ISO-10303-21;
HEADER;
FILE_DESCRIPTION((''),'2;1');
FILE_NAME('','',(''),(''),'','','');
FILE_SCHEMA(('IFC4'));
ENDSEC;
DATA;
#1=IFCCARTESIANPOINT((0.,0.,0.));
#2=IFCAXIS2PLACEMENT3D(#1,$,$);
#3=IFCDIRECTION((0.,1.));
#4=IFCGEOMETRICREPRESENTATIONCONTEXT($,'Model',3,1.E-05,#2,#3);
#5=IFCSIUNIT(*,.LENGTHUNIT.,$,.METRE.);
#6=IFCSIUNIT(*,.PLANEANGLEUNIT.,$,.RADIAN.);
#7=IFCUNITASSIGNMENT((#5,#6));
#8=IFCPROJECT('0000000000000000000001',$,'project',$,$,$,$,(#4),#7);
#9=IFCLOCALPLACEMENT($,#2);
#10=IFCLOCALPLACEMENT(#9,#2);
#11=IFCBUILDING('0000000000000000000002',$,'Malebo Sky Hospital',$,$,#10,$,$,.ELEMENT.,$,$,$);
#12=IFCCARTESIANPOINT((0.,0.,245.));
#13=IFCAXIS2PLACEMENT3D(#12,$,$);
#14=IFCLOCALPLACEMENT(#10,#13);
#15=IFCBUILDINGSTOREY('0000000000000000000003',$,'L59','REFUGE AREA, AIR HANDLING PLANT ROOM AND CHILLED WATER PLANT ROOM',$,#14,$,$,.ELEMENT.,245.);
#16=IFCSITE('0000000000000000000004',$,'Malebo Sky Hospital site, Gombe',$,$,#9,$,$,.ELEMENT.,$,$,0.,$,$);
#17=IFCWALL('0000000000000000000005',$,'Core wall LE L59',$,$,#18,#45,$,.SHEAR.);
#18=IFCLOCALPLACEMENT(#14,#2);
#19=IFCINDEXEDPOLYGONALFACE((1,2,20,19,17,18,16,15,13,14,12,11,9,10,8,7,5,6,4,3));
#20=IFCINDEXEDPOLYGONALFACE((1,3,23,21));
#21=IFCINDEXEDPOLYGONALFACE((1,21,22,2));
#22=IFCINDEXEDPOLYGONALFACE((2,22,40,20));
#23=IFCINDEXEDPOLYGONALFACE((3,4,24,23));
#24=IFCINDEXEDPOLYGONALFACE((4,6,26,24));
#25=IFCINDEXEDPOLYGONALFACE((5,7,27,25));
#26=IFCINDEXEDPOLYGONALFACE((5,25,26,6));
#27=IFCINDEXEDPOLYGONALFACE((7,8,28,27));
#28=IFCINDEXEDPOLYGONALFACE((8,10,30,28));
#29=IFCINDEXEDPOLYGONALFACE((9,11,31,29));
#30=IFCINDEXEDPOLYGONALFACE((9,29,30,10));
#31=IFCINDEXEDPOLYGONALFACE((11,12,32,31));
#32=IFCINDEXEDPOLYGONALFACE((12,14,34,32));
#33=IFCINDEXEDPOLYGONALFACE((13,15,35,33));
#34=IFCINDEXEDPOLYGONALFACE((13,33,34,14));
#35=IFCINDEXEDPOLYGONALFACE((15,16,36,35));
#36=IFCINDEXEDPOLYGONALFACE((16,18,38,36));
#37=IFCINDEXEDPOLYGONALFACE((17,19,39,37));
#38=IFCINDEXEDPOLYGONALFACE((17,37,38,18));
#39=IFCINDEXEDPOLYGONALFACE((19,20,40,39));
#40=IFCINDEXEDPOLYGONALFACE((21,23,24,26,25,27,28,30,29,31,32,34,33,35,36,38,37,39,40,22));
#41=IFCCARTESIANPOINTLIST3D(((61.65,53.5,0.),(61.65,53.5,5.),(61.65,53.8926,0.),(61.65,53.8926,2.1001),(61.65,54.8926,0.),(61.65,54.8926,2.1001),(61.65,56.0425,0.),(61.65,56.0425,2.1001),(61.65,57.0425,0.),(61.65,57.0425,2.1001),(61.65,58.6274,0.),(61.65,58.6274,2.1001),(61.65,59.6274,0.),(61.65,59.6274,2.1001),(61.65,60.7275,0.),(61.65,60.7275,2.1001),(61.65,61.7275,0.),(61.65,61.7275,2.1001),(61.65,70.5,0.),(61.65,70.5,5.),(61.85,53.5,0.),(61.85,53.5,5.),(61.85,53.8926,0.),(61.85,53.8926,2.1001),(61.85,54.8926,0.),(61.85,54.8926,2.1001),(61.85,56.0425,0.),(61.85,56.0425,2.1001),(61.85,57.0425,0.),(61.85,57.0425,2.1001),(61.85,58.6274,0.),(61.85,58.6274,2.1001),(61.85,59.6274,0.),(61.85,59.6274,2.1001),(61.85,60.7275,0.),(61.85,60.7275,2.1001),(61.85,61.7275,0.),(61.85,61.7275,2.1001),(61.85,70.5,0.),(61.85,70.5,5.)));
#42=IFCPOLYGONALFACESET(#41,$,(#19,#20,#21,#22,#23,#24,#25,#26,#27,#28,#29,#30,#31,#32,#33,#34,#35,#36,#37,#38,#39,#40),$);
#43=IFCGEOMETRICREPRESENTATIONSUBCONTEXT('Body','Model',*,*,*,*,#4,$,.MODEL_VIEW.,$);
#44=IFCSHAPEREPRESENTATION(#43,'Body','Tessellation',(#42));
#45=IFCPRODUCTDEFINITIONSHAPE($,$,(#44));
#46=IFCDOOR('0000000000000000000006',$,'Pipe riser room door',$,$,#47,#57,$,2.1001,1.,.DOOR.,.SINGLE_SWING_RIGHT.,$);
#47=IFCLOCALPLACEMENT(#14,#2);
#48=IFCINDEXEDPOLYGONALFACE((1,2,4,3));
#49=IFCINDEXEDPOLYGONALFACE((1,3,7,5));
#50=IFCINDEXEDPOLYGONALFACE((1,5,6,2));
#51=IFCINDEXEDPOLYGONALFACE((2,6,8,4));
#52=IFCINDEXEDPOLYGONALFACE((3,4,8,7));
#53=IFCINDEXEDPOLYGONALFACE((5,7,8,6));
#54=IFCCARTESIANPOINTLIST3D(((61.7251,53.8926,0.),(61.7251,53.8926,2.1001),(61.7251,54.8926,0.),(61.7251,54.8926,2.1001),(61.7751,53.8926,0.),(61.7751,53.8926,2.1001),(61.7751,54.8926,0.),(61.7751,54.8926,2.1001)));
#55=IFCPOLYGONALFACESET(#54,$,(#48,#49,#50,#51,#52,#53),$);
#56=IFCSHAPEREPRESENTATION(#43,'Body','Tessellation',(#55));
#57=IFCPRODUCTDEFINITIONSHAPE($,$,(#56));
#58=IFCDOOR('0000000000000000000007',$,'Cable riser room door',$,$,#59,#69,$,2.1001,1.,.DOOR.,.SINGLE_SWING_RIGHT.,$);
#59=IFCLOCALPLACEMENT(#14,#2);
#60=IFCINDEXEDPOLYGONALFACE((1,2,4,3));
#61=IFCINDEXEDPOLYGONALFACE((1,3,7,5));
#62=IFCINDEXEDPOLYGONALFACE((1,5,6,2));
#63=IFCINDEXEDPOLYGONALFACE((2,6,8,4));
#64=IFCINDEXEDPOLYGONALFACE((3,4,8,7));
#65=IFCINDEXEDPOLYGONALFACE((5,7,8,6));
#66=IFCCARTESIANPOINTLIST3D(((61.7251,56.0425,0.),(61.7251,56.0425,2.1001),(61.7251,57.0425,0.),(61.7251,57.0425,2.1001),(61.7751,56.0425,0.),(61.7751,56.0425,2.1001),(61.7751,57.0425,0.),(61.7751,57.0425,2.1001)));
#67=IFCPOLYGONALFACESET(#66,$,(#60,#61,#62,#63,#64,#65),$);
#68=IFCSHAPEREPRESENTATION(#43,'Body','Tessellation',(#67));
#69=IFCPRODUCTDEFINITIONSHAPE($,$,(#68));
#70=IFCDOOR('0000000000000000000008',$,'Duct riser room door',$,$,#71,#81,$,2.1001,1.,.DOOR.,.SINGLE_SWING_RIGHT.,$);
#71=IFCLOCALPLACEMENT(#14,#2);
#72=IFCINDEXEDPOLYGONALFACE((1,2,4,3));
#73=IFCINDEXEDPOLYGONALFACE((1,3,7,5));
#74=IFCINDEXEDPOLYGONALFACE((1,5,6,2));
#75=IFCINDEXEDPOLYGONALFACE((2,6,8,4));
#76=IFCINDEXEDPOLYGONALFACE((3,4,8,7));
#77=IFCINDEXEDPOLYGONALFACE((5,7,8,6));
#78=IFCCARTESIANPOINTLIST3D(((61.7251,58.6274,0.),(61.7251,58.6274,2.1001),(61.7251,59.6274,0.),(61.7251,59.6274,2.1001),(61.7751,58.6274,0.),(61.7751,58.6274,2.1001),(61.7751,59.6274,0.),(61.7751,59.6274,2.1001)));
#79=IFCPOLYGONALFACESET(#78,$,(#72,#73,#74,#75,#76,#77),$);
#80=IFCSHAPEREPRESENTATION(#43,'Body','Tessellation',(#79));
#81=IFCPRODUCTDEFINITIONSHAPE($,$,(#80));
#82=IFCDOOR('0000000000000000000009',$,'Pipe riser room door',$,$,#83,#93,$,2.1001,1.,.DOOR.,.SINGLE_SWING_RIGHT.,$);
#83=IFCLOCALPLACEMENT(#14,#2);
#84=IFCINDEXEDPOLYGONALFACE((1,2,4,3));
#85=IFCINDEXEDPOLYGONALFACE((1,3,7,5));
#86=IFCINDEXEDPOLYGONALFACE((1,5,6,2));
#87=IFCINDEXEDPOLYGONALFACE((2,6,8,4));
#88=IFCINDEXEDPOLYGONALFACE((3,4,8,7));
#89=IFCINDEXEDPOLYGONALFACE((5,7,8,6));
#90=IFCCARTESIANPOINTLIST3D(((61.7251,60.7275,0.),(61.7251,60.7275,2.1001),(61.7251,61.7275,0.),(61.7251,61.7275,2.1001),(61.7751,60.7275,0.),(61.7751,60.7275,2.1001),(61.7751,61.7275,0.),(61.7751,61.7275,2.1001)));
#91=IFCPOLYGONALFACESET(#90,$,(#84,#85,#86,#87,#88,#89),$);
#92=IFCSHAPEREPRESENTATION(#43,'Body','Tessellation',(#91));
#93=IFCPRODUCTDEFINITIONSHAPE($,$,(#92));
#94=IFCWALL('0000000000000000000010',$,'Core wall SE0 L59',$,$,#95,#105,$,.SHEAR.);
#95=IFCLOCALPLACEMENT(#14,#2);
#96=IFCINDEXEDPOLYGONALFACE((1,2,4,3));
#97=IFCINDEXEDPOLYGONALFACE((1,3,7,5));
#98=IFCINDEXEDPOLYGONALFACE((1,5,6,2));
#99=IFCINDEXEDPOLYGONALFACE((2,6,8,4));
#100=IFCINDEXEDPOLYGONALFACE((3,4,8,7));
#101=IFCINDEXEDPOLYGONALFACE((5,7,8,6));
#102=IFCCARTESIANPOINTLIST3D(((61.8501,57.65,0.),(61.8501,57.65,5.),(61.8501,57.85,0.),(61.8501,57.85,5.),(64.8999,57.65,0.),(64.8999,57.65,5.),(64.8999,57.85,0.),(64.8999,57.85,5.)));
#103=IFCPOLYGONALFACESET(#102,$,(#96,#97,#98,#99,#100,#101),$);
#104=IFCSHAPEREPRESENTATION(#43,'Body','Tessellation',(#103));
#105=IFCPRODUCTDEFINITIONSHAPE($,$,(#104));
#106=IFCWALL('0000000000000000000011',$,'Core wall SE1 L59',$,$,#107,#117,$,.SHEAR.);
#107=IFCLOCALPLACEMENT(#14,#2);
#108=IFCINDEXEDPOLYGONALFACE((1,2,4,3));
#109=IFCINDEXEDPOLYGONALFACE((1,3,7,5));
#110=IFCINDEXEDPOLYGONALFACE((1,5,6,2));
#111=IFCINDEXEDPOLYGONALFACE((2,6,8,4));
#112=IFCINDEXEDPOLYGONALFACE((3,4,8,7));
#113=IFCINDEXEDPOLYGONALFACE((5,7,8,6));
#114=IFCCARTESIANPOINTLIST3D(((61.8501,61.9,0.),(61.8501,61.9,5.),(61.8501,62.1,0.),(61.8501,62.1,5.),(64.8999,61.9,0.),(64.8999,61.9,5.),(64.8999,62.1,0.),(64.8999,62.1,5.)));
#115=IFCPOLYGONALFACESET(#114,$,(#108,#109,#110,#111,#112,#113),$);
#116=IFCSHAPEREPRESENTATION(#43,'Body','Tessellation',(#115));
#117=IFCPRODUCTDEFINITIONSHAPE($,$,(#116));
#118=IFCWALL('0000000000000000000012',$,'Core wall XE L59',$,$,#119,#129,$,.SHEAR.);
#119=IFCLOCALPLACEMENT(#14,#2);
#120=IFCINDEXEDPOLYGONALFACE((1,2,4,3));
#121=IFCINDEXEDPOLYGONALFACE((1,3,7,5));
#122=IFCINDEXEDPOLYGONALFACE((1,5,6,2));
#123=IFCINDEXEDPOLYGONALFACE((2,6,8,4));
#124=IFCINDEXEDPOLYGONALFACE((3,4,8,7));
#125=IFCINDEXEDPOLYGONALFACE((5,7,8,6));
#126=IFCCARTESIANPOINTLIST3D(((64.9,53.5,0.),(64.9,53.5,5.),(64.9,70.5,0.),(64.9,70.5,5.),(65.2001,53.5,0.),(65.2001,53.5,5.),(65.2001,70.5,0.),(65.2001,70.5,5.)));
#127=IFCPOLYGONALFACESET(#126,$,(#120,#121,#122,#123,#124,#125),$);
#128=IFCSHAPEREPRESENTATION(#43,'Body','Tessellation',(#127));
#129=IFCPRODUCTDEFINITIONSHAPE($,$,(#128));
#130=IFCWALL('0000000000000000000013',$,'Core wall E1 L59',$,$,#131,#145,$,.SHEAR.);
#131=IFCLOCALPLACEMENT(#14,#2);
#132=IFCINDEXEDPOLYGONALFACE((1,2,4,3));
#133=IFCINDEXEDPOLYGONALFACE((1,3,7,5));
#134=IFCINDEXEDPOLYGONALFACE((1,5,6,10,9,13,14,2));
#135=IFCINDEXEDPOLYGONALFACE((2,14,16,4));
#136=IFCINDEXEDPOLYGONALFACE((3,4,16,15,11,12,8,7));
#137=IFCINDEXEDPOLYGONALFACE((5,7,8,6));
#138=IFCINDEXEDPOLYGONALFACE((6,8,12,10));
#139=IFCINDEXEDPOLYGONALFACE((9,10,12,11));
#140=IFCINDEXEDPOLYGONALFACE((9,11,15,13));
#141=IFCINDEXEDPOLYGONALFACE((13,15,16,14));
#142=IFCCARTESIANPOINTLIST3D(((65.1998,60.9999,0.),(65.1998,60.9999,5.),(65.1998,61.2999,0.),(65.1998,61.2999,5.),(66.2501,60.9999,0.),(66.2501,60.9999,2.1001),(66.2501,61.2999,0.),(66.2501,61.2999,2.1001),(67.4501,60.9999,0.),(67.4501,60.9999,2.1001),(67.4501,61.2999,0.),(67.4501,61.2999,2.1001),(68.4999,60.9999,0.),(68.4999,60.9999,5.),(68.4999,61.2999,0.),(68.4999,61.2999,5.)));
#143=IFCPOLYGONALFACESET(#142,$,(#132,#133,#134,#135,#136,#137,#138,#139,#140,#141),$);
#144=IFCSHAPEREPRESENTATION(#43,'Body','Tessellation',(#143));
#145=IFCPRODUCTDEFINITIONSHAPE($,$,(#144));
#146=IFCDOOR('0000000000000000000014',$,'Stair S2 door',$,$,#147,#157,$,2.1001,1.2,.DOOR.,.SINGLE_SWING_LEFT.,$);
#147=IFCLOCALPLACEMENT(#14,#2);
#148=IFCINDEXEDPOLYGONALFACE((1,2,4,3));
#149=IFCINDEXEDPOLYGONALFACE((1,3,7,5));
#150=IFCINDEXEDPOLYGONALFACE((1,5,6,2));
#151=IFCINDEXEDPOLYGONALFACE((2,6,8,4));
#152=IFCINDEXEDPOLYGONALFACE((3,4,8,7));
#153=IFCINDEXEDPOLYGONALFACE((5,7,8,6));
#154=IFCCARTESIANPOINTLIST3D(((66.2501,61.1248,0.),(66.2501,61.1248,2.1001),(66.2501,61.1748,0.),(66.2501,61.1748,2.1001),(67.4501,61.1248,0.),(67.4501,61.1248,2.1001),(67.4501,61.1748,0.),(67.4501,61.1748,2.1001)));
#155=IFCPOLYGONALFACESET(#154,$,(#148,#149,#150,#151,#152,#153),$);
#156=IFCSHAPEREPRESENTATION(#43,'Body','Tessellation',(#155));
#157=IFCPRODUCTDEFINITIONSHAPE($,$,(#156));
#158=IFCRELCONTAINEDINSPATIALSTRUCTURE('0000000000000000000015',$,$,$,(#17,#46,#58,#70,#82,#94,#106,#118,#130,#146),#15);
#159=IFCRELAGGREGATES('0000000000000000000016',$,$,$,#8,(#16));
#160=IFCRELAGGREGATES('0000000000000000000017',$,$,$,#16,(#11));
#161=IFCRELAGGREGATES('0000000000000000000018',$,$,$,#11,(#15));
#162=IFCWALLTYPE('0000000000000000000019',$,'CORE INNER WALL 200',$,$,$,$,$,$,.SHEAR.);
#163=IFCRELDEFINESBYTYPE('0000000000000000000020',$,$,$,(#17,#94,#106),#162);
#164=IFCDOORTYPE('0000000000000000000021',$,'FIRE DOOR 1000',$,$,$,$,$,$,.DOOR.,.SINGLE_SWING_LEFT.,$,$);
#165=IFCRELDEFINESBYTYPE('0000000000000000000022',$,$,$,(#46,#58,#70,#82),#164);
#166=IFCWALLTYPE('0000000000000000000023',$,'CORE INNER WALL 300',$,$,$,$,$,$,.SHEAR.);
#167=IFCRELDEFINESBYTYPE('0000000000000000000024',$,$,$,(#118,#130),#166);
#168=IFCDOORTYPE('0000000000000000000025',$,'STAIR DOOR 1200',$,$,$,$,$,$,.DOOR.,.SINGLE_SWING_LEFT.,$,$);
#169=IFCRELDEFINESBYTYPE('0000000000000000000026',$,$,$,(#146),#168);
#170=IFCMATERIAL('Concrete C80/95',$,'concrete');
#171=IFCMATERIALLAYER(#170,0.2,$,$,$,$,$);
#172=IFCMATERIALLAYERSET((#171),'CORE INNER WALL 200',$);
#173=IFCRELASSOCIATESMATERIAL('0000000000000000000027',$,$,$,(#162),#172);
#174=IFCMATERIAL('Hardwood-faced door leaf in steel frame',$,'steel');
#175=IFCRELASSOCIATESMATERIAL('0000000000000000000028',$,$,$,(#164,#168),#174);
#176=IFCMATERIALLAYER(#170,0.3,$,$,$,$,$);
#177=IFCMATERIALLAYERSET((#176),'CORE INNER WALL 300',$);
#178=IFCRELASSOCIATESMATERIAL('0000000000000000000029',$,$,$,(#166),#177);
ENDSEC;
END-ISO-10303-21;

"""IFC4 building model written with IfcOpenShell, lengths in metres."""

from ifc_helpers import new_model, si_unit, direction, frame, frame_2d, origin, place, context, subcontext, project, spatial, rectangle, extrude, material, layer, layer_set, type_object, element, fill, save


model = new_model("IFC4")

# Units and contexts
model_context = context("Model", 3, precision=1e-05, world=origin(), true_north=direction((0.0, 1.0)))
body_context = subcontext(model_context, "Body", "Model", "MODEL_VIEW")
ifc_project = project(units=[si_unit("LENGTHUNIT", "METRE"), si_unit("PLANEANGLEUNIT", "RADIAN")], contexts=[model_context])

# Site, building, storey
site_placement = place(None, origin())
site = spatial("IfcSite", under=ifc_project, at=site_placement, Name="Malebo Sky Hospital site, Gombe", CompositionType="ELEMENT", RefElevation=0.0)
building_placement = place(site_placement, origin())
building = spatial("IfcBuilding", under=site, at=building_placement, Name="Malebo Sky Hospital", CompositionType="ELEMENT")
storey_placement = place(building_placement, frame((0.0, 0.0, 245.0)))
storey = spatial("IfcBuildingStorey", under=building, at=storey_placement, Name="L59", Description="REFUGE AREA, AIR HANDLING PLANT ROOM AND CHILLED WATER PLANT ROOM", CompositionType="ELEMENT", Elevation=245.0)

# Wall, openings, doors
ifc_material_1 = material(Name="Concrete C80/95", Category="concrete")
ifc_layer_1 = layer(ifc_material_1, 0.2)
ifc_layer_set_1 = layer_set([ifc_layer_1], Name="CORE INNER WALL 200")
wall_type_1 = type_object("IfcWallType", Name="CORE INNER WALL 200", PredefinedType="SHEAR", material=ifc_layer_set_1)
wall_1_placement = place(storey_placement, frame((61.75, 53.5, 0.0), z_axis=(0.0, 0.0, 1.0), x_axis=(0.0, 1.0, 0.0)))
wall_1 = element("IfcWall", 1, at=wall_1_placement, inside=storey, type_object=wall_type_1, Name="Core wall LE L59", PredefinedType="SHEAR", context=body_context, shape_type="SweptSolid", body=[
    extrude(rectangle(XDim=17.0, YDim=0.2, at=frame_2d((8.5, 0.0))), origin(), (0.0, 0.0, 1.0), 5.0),
])
opening_1_placement = place(wall_1_placement, frame((0.3926, 0.0, 0.0)))
opening_1 = element("IfcOpeningElement", 2, at=opening_1_placement, cuts=wall_1, PredefinedType="OPENING", context=body_context, shape_type="SweptSolid", body=[
    extrude(rectangle(XDim=1.0, YDim=2.1001, at=frame_2d((0.5, 1.05))), frame((0.0, 0.1099, 0.0), z_axis=(0.0, -1.0, 0.0), x_axis=(1.0, 0.0, 0.0)), (0.0, 0.0, 1.0), 0.22),
])
opening_2_placement = place(wall_1_placement, frame((2.5425, 0.0, 0.0)))
opening_2 = element("IfcOpeningElement", 3, at=opening_2_placement, cuts=wall_1, PredefinedType="OPENING", context=body_context, shape_type="SweptSolid", body=[
    extrude(rectangle(XDim=1.0, YDim=2.1001, at=frame_2d((0.5, 1.05))), frame((0.0, 0.1099, 0.0), z_axis=(0.0, -1.0, 0.0), x_axis=(1.0, 0.0, 0.0)), (0.0, 0.0, 1.0), 0.22),
])
opening_3_placement = place(wall_1_placement, frame((5.1274, 0.0, 0.0)))
opening_3 = element("IfcOpeningElement", 4, at=opening_3_placement, cuts=wall_1, PredefinedType="OPENING", context=body_context, shape_type="SweptSolid", body=[
    extrude(rectangle(XDim=1.0, YDim=2.1001, at=frame_2d((0.5, 1.05))), frame((0.0, 0.1099, 0.0), z_axis=(0.0, -1.0, 0.0), x_axis=(1.0, 0.0, 0.0)), (0.0, 0.0, 1.0), 0.22),
])
opening_4_placement = place(wall_1_placement, frame((7.2275, 0.0, 0.0)))
opening_4 = element("IfcOpeningElement", 5, at=opening_4_placement, cuts=wall_1, PredefinedType="OPENING", context=body_context, shape_type="SweptSolid", body=[
    extrude(rectangle(XDim=1.0, YDim=2.1001, at=frame_2d((0.5, 1.05))), frame((0.0, 0.1099, 0.0), z_axis=(0.0, -1.0, 0.0), x_axis=(1.0, 0.0, 0.0)), (0.0, 0.0, 1.0), 0.22),
])
ifc_material_2 = material(Name="Hardwood-faced door leaf in steel frame", Category="steel")
door_type_1 = type_object("IfcDoorType", Name="FIRE DOOR 1000", OperationType="SINGLE_SWING_LEFT", PredefinedType="DOOR", material=ifc_material_2)
door_1_placement = place(opening_1_placement, origin())
door_1 = element("IfcDoor", 6, at=door_1_placement, inside=storey, type_object=door_type_1, Name="Pipe riser room door", OperationType="SINGLE_SWING_RIGHT", OverallHeight=2.1001, OverallWidth=1.0, PredefinedType="DOOR", context=body_context, shape_type="SweptSolid", body=[
    extrude(rectangle(XDim=1.0, YDim=2.1001, at=frame_2d((0.5, 1.05))), frame((0.0, 0.0249, 0.0), z_axis=(0.0, -1.0, 0.0), x_axis=(1.0, 0.0, 0.0)), (0.0, 0.0, 1.0), 0.05),
])
fill(opening_1, door_1)
door_2_placement = place(opening_2_placement, origin())
door_2 = element("IfcDoor", 7, at=door_2_placement, inside=storey, type_object=door_type_1, Name="Cable riser room door", OperationType="SINGLE_SWING_RIGHT", OverallHeight=2.1001, OverallWidth=1.0, PredefinedType="DOOR", context=body_context, shape_type="SweptSolid", body=[
    extrude(rectangle(XDim=1.0, YDim=2.1001, at=frame_2d((0.5, 1.05))), frame((0.0, 0.0249, 0.0), z_axis=(0.0, -1.0, 0.0), x_axis=(1.0, 0.0, 0.0)), (0.0, 0.0, 1.0), 0.05),
])
fill(opening_2, door_2)
door_3_placement = place(opening_3_placement, origin())
door_3 = element("IfcDoor", 8, at=door_3_placement, inside=storey, type_object=door_type_1, Name="Duct riser room door", OperationType="SINGLE_SWING_RIGHT", OverallHeight=2.1001, OverallWidth=1.0, PredefinedType="DOOR", context=body_context, shape_type="SweptSolid", body=[
    extrude(rectangle(XDim=1.0, YDim=2.1001, at=frame_2d((0.5, 1.05))), frame((0.0, 0.0249, 0.0), z_axis=(0.0, -1.0, 0.0), x_axis=(1.0, 0.0, 0.0)), (0.0, 0.0, 1.0), 0.05),
])
fill(opening_3, door_3)
door_4_placement = place(opening_4_placement, origin())
door_4 = element("IfcDoor", 9, at=door_4_placement, inside=storey, type_object=door_type_1, Name="Pipe riser room door", OperationType="SINGLE_SWING_RIGHT", OverallHeight=2.1001, OverallWidth=1.0, PredefinedType="DOOR", context=body_context, shape_type="SweptSolid", body=[
    extrude(rectangle(XDim=1.0, YDim=2.1001, at=frame_2d((0.5, 1.05))), frame((0.0, 0.0249, 0.0), z_axis=(0.0, -1.0, 0.0), x_axis=(1.0, 0.0, 0.0)), (0.0, 0.0, 1.0), 0.05),
])
fill(opening_4, door_4)

# Walls
for number, where, z_axis, x_axis, name in (
    (10, (61.8501, 57.75, 0.0), (0.0, 0.0, 1.0), (1.0, 0.0, 0.0), "Core wall SE0 L59"),
    (11, (61.8501, 62.0, 0.0), (0.0, 0.0, 1.0), (1.0, 0.0, 0.0), "Core wall SE1 L59"),
):
    element("IfcWall", number, at=place(storey_placement, frame(where, z_axis=z_axis, x_axis=x_axis)), inside=storey, type_object=wall_type_1, Name=name, PredefinedType="SHEAR", context=body_context, shape_type="SweptSolid", body=[
        extrude(rectangle(XDim=3.0498, YDim=0.2, at=frame_2d((1.5249, 0.0))), origin(), (0.0, 0.0, 1.0), 5.0),
    ])
ifc_layer_2 = layer(ifc_material_1, 0.3)
ifc_layer_set_2 = layer_set([ifc_layer_2], Name="CORE INNER WALL 300")
wall_type_2 = type_object("IfcWallType", Name="CORE INNER WALL 300", PredefinedType="SHEAR", material=ifc_layer_set_2)
wall_2_placement = place(storey_placement, frame((65.05, 53.5, 0.0), z_axis=(0.0, 0.0, 1.0), x_axis=(0.0, 1.0, 0.0)))
element("IfcWall", 12, at=wall_2_placement, inside=storey, type_object=wall_type_2, Name="Core wall XE L59", PredefinedType="SHEAR", context=body_context, shape_type="SweptSolid", body=[
    extrude(rectangle(XDim=17.0, YDim=0.3, at=frame_2d((8.5, 0.0))), origin(), (0.0, 0.0, 1.0), 5.0),
])

# Wall, opening, door
wall_3_placement = place(storey_placement, frame((65.2, 61.1499, 0.0), z_axis=(0.0, 0.0, 1.0), x_axis=(1.0, 0.0, 0.0)))
wall_3 = element("IfcWall", 13, at=wall_3_placement, inside=storey, type_object=wall_type_2, Name="Core wall E1 L59", PredefinedType="SHEAR", context=body_context, shape_type="SweptSolid", body=[
    extrude(rectangle(XDim=3.3, YDim=0.3, at=frame_2d((1.6499, 0.0))), origin(), (0.0, 0.0, 1.0), 5.0),
])
opening_5_placement = place(wall_3_placement, frame((1.05, 0.0, 0.0)))
opening_5 = element("IfcOpeningElement", 14, at=opening_5_placement, cuts=wall_3, PredefinedType="OPENING", context=body_context, shape_type="SweptSolid", body=[
    extrude(rectangle(XDim=1.2, YDim=2.1001, at=frame_2d((0.6001, 1.05))), frame((0.0, 0.1599, 0.0), z_axis=(0.0, -1.0, 0.0), x_axis=(1.0, 0.0, 0.0)), (0.0, 0.0, 1.0), 0.3201),
])
door_type_2 = type_object("IfcDoorType", Name="STAIR DOOR 1200", OperationType="SINGLE_SWING_LEFT", PredefinedType="DOOR", material=ifc_material_2)
door_5_placement = place(opening_5_placement, origin())
door_5 = element("IfcDoor", 15, at=door_5_placement, inside=storey, type_object=door_type_2, Name="Stair S2 door", OperationType="SINGLE_SWING_LEFT", OverallHeight=2.1001, OverallWidth=1.2, PredefinedType="DOOR", context=body_context, shape_type="SweptSolid", body=[
    extrude(rectangle(XDim=1.2, YDim=2.1001, at=frame_2d((0.6001, 1.05))), frame((0.0, 0.0249, 0.0), z_axis=(0.0, -1.0, 0.0), x_axis=(1.0, 0.0, 0.0)), (0.0, 0.0, 1.0), 0.05),
])
fill(opening_5, door_5)

save(model, "model.ifc")
